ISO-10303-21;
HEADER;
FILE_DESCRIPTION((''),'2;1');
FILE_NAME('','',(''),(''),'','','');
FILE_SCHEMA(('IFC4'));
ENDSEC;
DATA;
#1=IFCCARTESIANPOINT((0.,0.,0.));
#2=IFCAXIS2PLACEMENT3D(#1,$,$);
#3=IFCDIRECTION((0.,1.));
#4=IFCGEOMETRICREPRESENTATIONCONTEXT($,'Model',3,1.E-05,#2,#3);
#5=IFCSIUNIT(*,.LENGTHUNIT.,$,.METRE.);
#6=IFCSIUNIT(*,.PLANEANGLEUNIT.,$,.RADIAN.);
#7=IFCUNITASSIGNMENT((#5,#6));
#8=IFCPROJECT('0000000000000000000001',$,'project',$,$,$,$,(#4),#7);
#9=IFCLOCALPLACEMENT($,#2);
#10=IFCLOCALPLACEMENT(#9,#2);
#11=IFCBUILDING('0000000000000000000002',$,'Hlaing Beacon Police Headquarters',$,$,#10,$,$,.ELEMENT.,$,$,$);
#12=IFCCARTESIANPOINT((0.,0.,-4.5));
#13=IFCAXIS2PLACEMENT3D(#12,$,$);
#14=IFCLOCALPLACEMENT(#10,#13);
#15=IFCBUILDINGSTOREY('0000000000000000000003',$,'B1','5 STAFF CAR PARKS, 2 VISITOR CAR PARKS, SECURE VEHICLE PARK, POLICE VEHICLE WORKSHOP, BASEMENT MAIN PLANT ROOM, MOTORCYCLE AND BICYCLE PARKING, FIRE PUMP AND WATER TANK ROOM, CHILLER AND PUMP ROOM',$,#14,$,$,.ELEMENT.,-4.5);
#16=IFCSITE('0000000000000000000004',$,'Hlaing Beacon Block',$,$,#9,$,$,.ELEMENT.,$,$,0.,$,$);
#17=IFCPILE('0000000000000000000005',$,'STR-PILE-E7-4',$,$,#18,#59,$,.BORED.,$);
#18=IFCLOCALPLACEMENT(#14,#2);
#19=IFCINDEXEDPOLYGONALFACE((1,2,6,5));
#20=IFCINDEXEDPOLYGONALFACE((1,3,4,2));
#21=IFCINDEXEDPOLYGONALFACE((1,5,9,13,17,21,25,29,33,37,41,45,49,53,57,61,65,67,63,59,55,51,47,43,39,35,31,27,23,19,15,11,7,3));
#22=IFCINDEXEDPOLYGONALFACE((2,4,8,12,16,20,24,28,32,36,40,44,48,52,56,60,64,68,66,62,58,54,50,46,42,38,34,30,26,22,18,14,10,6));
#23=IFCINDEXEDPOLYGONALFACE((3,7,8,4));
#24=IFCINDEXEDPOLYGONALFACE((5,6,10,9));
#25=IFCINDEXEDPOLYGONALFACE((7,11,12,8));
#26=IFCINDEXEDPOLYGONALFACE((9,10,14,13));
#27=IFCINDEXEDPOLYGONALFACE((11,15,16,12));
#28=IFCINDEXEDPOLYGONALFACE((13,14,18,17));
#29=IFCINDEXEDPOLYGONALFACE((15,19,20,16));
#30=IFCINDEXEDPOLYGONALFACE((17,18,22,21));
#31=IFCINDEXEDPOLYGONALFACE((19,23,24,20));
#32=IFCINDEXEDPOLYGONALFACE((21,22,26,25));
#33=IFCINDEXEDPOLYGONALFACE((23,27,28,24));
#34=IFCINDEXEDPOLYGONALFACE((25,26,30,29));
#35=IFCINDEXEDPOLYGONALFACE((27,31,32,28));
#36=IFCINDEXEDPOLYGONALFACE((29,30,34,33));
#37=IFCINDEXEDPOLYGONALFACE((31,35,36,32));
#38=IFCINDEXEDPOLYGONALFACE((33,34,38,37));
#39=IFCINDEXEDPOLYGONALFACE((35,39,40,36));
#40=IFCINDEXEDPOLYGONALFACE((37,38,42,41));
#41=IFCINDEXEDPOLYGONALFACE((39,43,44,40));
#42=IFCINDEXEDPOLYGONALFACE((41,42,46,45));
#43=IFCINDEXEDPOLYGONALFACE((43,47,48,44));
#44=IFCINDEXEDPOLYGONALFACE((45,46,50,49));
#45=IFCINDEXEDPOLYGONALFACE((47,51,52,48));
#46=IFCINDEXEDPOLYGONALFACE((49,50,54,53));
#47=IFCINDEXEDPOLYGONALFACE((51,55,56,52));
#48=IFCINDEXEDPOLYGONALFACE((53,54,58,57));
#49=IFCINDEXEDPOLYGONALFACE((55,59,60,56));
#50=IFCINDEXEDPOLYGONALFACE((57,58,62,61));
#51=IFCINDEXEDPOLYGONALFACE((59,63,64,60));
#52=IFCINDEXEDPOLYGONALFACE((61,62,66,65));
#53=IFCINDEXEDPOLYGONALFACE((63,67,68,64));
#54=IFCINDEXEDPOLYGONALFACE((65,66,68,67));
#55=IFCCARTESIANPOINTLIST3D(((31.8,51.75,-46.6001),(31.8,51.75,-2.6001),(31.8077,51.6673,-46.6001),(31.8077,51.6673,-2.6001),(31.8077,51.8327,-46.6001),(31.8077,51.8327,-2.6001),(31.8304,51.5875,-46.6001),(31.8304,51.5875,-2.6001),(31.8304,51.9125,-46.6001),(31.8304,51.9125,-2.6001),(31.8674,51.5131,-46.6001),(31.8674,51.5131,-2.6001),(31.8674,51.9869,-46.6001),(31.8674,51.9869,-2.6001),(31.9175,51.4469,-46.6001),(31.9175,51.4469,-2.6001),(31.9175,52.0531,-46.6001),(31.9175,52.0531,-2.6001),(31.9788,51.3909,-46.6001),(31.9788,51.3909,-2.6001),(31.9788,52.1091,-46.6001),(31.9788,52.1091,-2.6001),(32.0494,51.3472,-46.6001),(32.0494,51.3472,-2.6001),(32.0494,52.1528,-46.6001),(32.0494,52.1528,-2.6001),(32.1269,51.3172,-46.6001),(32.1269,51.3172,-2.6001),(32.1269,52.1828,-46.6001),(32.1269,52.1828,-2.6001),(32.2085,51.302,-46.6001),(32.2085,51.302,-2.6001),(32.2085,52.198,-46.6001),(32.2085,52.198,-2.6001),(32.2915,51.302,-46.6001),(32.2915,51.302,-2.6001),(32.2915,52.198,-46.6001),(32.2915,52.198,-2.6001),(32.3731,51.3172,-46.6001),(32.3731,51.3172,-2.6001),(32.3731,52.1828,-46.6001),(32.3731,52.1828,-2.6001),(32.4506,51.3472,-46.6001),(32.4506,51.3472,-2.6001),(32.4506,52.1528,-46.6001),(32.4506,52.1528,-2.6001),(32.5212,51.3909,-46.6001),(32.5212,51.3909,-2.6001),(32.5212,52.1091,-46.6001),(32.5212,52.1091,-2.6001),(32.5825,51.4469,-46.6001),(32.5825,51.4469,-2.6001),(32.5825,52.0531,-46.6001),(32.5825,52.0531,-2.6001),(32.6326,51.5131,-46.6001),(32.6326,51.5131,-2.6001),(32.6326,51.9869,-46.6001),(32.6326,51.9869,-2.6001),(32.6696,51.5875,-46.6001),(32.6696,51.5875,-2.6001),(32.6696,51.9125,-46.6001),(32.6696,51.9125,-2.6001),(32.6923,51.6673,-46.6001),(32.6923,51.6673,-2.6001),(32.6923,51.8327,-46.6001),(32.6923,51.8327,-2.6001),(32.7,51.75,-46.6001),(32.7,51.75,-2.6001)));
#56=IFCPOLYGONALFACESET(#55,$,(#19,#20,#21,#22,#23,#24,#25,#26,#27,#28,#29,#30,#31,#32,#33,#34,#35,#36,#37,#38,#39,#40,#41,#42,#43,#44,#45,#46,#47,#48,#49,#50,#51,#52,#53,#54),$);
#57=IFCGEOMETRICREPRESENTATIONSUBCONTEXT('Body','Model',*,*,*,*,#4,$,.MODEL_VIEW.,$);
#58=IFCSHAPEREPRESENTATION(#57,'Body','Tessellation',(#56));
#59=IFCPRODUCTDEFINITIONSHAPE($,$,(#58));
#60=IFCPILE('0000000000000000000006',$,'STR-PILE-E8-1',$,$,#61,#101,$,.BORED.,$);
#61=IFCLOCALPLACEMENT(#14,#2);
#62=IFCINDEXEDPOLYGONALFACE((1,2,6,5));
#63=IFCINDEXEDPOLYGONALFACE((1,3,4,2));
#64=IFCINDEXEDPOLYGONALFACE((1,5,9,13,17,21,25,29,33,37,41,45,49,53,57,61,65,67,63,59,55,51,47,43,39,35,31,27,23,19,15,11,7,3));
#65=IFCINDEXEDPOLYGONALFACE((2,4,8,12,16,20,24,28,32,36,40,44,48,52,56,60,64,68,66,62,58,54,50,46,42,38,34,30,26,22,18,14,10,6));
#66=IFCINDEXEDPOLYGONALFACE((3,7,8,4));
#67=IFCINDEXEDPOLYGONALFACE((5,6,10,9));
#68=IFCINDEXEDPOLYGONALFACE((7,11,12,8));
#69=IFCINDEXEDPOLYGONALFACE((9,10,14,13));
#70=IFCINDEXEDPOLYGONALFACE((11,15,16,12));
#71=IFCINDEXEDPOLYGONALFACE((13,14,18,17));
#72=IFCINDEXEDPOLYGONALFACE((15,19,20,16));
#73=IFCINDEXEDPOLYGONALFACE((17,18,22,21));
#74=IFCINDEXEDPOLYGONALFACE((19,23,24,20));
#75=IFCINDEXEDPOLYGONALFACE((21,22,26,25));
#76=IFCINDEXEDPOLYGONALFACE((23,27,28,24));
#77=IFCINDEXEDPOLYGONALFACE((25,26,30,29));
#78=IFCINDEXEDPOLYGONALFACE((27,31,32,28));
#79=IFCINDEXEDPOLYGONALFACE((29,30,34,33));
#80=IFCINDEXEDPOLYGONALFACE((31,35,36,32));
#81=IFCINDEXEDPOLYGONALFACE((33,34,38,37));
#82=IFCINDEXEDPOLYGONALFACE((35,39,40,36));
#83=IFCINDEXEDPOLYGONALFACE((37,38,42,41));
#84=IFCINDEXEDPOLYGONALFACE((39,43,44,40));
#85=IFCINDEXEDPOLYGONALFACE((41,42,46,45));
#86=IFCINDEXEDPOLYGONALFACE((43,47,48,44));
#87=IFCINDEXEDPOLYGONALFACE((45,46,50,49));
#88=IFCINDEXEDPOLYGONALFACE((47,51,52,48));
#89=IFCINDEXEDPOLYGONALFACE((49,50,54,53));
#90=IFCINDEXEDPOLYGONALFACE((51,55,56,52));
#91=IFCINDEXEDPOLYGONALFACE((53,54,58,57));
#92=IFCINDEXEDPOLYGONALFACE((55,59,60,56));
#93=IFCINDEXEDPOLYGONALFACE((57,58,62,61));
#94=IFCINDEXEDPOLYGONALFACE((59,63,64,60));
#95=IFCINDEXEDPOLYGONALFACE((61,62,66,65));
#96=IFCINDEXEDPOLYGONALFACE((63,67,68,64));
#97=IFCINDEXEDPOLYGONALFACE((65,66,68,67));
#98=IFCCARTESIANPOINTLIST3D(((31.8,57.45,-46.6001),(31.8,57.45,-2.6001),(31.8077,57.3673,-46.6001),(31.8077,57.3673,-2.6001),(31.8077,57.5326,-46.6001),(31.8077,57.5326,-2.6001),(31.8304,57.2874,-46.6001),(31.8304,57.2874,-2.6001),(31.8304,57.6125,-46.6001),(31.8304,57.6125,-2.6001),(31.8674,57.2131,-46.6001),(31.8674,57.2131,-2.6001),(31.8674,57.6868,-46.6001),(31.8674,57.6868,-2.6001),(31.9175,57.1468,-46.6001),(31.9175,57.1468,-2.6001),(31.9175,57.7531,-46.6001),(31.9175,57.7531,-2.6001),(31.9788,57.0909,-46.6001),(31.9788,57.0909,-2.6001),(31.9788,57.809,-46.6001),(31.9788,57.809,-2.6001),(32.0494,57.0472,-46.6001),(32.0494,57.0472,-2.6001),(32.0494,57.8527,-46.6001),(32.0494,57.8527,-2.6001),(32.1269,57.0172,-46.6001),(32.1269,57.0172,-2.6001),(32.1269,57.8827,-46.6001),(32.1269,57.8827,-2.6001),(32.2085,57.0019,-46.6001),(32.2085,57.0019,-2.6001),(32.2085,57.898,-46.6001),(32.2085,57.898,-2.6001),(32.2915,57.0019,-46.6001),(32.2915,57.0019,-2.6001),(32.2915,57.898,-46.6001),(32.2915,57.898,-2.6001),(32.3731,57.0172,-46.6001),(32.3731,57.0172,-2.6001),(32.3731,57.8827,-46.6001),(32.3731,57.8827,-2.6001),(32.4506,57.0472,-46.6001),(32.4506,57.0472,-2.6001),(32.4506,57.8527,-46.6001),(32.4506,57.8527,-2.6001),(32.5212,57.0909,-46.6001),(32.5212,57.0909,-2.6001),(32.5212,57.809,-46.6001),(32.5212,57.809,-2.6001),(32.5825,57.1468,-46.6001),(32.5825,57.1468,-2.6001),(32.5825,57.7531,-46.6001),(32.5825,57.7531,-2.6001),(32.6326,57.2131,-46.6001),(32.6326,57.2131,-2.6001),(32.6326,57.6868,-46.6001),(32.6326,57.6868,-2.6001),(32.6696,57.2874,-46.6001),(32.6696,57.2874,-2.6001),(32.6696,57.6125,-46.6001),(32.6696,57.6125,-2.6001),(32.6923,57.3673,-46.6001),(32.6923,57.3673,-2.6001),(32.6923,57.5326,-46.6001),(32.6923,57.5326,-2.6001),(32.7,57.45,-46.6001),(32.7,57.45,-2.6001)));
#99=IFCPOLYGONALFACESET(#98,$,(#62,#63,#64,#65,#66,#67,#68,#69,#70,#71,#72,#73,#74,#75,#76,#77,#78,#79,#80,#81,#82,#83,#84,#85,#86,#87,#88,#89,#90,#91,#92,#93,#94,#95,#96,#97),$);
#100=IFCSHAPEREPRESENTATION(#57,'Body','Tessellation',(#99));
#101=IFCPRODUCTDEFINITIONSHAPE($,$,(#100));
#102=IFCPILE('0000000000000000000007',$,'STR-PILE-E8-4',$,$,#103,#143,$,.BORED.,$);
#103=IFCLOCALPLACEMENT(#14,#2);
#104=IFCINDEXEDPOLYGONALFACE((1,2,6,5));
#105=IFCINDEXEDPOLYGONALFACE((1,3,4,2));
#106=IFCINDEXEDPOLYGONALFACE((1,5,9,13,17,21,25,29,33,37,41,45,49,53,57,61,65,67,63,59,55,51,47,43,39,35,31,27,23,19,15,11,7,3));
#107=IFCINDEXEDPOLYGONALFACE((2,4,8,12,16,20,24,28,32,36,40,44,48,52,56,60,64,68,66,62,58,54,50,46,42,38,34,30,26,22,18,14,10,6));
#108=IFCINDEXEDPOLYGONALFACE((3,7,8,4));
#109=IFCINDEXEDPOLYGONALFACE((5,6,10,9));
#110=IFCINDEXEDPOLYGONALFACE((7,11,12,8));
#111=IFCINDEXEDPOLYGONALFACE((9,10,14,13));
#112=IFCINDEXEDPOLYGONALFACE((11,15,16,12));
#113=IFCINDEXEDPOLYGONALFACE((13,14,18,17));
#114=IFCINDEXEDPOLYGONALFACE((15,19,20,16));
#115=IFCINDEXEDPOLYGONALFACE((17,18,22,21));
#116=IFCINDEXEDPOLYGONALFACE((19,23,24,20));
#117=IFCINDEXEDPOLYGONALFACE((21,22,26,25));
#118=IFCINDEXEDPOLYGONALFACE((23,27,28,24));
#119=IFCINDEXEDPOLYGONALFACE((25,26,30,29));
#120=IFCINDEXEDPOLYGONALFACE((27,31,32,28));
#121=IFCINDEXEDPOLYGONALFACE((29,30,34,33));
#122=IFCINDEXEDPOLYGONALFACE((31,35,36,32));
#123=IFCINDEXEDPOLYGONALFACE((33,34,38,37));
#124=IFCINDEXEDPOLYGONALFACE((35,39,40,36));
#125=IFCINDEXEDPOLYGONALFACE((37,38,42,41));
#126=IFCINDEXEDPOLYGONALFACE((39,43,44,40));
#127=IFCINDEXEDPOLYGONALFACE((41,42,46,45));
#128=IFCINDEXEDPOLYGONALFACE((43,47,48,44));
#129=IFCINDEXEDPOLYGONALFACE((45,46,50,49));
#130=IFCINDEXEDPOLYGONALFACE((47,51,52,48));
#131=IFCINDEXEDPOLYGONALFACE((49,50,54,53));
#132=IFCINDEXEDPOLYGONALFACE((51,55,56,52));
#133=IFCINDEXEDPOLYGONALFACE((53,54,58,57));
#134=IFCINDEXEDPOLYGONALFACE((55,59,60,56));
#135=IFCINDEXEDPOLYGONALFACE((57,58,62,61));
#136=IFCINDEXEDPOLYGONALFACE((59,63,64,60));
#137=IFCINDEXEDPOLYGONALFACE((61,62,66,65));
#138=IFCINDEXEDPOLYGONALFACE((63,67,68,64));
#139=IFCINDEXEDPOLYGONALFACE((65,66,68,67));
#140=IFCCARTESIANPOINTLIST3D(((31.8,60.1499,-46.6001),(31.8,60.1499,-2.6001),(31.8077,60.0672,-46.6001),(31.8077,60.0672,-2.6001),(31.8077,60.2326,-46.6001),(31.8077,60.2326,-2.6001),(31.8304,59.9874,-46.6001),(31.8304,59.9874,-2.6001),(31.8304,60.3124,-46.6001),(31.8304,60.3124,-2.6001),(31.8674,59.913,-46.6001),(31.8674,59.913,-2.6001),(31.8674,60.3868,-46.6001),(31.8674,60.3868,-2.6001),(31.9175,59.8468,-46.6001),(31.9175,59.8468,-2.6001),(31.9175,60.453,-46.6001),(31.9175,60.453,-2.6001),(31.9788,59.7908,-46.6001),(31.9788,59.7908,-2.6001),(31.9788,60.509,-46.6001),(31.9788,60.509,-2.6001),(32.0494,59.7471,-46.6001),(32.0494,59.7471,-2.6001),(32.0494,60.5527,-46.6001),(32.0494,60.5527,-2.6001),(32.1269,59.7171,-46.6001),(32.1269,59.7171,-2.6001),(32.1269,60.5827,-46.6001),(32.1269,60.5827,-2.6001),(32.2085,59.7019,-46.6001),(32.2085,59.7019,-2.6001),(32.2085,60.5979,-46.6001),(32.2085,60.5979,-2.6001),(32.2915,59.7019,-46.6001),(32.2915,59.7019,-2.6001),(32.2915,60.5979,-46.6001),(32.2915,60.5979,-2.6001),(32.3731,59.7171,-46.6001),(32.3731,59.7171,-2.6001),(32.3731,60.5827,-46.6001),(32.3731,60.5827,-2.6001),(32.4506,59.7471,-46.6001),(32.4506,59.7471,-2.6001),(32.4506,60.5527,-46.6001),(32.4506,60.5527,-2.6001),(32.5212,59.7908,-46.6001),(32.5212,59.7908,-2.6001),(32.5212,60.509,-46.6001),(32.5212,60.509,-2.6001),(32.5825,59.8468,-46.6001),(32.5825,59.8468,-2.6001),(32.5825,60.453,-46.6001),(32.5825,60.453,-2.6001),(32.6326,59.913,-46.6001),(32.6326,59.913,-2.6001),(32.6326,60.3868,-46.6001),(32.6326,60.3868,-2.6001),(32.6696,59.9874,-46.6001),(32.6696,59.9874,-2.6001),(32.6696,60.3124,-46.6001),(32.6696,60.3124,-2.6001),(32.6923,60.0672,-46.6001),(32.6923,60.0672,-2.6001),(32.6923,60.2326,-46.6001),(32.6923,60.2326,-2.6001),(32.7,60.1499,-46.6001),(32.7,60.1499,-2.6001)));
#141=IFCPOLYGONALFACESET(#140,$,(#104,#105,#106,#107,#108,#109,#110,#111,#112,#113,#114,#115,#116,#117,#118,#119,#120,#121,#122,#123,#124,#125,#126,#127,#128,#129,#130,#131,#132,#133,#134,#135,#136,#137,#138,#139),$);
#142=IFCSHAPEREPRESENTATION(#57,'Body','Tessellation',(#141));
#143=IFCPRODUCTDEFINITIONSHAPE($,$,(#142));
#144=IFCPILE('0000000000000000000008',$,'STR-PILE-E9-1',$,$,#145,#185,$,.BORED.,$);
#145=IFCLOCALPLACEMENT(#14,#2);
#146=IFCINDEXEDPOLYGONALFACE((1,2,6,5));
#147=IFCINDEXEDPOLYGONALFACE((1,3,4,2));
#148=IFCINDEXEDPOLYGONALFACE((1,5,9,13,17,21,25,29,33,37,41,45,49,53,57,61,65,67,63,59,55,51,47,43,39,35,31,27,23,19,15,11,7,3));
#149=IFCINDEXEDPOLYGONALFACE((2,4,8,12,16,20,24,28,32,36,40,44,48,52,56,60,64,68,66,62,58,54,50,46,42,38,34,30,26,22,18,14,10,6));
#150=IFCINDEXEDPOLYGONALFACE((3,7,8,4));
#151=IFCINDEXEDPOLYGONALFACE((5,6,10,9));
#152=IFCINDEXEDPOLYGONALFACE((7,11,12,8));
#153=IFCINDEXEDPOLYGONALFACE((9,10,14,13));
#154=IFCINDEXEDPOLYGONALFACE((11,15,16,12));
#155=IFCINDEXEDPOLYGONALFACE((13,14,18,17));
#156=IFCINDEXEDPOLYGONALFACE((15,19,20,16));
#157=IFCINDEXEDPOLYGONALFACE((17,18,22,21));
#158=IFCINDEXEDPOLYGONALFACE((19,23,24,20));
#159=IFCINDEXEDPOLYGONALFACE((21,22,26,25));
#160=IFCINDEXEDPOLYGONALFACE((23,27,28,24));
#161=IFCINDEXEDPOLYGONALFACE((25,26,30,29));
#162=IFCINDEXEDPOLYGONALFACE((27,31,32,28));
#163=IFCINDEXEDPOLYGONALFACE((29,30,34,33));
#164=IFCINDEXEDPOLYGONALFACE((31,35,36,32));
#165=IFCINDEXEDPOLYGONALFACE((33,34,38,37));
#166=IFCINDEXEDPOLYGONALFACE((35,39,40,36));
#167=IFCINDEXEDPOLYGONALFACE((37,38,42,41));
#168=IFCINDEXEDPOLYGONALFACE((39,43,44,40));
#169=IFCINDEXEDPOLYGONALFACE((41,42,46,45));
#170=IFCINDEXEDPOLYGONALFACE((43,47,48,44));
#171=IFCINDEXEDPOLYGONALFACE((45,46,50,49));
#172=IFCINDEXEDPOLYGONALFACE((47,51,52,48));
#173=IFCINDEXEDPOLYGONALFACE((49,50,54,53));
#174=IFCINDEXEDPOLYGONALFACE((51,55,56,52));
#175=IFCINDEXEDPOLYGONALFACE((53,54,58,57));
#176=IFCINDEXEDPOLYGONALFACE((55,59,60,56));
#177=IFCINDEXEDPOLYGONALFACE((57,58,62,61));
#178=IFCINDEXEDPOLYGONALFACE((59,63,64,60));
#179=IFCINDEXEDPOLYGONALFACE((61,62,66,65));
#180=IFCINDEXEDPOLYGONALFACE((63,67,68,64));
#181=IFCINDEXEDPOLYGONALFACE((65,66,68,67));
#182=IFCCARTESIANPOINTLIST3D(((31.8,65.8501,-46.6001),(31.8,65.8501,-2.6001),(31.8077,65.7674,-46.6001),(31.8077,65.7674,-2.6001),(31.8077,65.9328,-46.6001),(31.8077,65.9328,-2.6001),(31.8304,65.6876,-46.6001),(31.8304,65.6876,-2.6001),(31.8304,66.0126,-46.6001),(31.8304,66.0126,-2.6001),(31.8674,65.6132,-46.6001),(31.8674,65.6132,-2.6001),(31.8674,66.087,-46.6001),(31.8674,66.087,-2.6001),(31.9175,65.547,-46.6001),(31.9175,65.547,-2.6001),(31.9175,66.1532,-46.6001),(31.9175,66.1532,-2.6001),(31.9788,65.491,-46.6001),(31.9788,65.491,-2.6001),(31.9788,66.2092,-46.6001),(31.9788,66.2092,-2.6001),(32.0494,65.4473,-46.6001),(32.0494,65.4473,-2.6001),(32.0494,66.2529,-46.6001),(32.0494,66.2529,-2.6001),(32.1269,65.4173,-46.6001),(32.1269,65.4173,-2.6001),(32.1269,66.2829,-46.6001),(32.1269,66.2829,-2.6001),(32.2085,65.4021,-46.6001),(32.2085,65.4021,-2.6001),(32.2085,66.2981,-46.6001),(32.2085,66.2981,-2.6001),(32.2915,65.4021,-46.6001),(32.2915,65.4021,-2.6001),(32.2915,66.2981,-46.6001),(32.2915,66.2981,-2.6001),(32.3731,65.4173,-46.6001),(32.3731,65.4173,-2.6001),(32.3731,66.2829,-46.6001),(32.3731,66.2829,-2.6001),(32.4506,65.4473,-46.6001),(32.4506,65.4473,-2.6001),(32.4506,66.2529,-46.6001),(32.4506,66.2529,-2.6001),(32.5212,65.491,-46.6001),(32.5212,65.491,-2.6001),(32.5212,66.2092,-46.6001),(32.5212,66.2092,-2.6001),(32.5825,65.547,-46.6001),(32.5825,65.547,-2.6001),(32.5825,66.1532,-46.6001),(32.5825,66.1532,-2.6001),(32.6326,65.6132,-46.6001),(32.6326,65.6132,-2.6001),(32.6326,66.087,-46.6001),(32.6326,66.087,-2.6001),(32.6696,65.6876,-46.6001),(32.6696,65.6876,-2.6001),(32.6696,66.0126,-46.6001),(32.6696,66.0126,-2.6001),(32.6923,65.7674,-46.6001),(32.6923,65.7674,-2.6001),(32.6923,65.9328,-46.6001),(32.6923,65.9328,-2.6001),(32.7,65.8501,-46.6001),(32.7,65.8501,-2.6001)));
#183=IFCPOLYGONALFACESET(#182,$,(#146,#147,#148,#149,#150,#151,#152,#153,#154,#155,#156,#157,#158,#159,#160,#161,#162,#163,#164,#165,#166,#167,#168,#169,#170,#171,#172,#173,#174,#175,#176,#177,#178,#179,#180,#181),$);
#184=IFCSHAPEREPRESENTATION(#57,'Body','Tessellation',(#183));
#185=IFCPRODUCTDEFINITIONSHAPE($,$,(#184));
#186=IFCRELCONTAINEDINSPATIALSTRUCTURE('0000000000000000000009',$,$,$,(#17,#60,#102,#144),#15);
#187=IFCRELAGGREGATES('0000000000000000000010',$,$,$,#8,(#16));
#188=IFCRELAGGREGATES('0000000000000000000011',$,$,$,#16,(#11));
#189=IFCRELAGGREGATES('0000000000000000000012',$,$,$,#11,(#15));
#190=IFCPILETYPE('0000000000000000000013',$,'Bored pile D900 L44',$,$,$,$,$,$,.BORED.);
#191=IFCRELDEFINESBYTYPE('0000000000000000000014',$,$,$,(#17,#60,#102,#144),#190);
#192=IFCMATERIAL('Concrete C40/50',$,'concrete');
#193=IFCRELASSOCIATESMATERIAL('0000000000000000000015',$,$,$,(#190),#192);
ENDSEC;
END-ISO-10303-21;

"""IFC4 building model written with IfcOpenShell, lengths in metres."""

from ifc_helpers import new_model, si_unit, direction, frame, origin, origin_2d, place, context, subcontext, project, spatial, circle, extrude, material, material_profile, profile_set, type_object, element, save


model = new_model("IFC4")

# Units and contexts
model_context = context("Model", 3, precision=1e-05, world=origin(), true_north=direction((0.0, 1.0)))
body_context = subcontext(model_context, "Body", "Model", "MODEL_VIEW")
ifc_project = project(units=[si_unit("LENGTHUNIT", "METRE"), si_unit("PLANEANGLEUNIT", "RADIAN")], contexts=[model_context])

# Site, building, storey
site_placement = place(None, origin())
site = spatial("IfcSite", under=ifc_project, at=site_placement, Name="Hlaing Beacon Block", CompositionType="ELEMENT", RefElevation=0.0)
building_placement = place(site_placement, origin())
building = spatial("IfcBuilding", under=site, at=building_placement, Name="Hlaing Beacon Police Headquarters", CompositionType="ELEMENT")
storey_placement = place(building_placement, frame((0.0, 0.0, -4.5)))
storey = spatial("IfcBuildingStorey", under=building, at=storey_placement, Name="B1", Description="5 STAFF CAR PARKS, 2 VISITOR CAR PARKS, SECURE VEHICLE PARK, POLICE VEHICLE WORKSHOP, BASEMENT MAIN PLANT ROOM, MOTORCYCLE AND BICYCLE PARKING, FIRE PUMP AND WATER TANK ROOM, CHILLER AND PUMP ROOM", CompositionType="ELEMENT", Elevation=-4.5)

# Piles
ifc_material_1 = material(Name="Concrete C40/50", Category="concrete")
ifc_material_profile = material_profile(ifc_material_1, circle(Radius=0.45, at=origin_2d()), Name="D900")
ifc_profile_set = profile_set([ifc_material_profile], Name="Concrete C40/50")
pile_type = type_object("IfcPileType", Name="Bored pile D900 L44", PredefinedType="BORED", material=ifc_profile_set)
for number, where, z_axis, x_axis, name in (
    (1, (32.25, 51.75, -2.6001), (0.0, 0.0, -1.0), (1.0, 0.0, 0.0), "STR-PILE-E7-4"),
    (2, (32.25, 57.45, -2.6001), (0.0, 0.0, -1.0), (1.0, 0.0, 0.0), "STR-PILE-E8-1"),
    (3, (32.25, 60.1499, -2.6001), (0.0, 0.0, -1.0), (1.0, 0.0, 0.0), "STR-PILE-E8-4"),
    (4, (32.25, 65.8501, -2.6001), (0.0, 0.0, -1.0), (1.0, 0.0, 0.0), "STR-PILE-E9-1"),
):
    element("IfcPile", number, at=place(storey_placement, frame(where, z_axis=z_axis, x_axis=x_axis)), inside=storey, type_object=pile_type, Name=name, PredefinedType="BORED", context=body_context, shape_type="SweptSolid", body=[
        extrude(circle(Radius=0.45, at=origin_2d()), origin(), (0.0, 0.0, 1.0), 44.0),
    ])

save(model, "model.ifc")
